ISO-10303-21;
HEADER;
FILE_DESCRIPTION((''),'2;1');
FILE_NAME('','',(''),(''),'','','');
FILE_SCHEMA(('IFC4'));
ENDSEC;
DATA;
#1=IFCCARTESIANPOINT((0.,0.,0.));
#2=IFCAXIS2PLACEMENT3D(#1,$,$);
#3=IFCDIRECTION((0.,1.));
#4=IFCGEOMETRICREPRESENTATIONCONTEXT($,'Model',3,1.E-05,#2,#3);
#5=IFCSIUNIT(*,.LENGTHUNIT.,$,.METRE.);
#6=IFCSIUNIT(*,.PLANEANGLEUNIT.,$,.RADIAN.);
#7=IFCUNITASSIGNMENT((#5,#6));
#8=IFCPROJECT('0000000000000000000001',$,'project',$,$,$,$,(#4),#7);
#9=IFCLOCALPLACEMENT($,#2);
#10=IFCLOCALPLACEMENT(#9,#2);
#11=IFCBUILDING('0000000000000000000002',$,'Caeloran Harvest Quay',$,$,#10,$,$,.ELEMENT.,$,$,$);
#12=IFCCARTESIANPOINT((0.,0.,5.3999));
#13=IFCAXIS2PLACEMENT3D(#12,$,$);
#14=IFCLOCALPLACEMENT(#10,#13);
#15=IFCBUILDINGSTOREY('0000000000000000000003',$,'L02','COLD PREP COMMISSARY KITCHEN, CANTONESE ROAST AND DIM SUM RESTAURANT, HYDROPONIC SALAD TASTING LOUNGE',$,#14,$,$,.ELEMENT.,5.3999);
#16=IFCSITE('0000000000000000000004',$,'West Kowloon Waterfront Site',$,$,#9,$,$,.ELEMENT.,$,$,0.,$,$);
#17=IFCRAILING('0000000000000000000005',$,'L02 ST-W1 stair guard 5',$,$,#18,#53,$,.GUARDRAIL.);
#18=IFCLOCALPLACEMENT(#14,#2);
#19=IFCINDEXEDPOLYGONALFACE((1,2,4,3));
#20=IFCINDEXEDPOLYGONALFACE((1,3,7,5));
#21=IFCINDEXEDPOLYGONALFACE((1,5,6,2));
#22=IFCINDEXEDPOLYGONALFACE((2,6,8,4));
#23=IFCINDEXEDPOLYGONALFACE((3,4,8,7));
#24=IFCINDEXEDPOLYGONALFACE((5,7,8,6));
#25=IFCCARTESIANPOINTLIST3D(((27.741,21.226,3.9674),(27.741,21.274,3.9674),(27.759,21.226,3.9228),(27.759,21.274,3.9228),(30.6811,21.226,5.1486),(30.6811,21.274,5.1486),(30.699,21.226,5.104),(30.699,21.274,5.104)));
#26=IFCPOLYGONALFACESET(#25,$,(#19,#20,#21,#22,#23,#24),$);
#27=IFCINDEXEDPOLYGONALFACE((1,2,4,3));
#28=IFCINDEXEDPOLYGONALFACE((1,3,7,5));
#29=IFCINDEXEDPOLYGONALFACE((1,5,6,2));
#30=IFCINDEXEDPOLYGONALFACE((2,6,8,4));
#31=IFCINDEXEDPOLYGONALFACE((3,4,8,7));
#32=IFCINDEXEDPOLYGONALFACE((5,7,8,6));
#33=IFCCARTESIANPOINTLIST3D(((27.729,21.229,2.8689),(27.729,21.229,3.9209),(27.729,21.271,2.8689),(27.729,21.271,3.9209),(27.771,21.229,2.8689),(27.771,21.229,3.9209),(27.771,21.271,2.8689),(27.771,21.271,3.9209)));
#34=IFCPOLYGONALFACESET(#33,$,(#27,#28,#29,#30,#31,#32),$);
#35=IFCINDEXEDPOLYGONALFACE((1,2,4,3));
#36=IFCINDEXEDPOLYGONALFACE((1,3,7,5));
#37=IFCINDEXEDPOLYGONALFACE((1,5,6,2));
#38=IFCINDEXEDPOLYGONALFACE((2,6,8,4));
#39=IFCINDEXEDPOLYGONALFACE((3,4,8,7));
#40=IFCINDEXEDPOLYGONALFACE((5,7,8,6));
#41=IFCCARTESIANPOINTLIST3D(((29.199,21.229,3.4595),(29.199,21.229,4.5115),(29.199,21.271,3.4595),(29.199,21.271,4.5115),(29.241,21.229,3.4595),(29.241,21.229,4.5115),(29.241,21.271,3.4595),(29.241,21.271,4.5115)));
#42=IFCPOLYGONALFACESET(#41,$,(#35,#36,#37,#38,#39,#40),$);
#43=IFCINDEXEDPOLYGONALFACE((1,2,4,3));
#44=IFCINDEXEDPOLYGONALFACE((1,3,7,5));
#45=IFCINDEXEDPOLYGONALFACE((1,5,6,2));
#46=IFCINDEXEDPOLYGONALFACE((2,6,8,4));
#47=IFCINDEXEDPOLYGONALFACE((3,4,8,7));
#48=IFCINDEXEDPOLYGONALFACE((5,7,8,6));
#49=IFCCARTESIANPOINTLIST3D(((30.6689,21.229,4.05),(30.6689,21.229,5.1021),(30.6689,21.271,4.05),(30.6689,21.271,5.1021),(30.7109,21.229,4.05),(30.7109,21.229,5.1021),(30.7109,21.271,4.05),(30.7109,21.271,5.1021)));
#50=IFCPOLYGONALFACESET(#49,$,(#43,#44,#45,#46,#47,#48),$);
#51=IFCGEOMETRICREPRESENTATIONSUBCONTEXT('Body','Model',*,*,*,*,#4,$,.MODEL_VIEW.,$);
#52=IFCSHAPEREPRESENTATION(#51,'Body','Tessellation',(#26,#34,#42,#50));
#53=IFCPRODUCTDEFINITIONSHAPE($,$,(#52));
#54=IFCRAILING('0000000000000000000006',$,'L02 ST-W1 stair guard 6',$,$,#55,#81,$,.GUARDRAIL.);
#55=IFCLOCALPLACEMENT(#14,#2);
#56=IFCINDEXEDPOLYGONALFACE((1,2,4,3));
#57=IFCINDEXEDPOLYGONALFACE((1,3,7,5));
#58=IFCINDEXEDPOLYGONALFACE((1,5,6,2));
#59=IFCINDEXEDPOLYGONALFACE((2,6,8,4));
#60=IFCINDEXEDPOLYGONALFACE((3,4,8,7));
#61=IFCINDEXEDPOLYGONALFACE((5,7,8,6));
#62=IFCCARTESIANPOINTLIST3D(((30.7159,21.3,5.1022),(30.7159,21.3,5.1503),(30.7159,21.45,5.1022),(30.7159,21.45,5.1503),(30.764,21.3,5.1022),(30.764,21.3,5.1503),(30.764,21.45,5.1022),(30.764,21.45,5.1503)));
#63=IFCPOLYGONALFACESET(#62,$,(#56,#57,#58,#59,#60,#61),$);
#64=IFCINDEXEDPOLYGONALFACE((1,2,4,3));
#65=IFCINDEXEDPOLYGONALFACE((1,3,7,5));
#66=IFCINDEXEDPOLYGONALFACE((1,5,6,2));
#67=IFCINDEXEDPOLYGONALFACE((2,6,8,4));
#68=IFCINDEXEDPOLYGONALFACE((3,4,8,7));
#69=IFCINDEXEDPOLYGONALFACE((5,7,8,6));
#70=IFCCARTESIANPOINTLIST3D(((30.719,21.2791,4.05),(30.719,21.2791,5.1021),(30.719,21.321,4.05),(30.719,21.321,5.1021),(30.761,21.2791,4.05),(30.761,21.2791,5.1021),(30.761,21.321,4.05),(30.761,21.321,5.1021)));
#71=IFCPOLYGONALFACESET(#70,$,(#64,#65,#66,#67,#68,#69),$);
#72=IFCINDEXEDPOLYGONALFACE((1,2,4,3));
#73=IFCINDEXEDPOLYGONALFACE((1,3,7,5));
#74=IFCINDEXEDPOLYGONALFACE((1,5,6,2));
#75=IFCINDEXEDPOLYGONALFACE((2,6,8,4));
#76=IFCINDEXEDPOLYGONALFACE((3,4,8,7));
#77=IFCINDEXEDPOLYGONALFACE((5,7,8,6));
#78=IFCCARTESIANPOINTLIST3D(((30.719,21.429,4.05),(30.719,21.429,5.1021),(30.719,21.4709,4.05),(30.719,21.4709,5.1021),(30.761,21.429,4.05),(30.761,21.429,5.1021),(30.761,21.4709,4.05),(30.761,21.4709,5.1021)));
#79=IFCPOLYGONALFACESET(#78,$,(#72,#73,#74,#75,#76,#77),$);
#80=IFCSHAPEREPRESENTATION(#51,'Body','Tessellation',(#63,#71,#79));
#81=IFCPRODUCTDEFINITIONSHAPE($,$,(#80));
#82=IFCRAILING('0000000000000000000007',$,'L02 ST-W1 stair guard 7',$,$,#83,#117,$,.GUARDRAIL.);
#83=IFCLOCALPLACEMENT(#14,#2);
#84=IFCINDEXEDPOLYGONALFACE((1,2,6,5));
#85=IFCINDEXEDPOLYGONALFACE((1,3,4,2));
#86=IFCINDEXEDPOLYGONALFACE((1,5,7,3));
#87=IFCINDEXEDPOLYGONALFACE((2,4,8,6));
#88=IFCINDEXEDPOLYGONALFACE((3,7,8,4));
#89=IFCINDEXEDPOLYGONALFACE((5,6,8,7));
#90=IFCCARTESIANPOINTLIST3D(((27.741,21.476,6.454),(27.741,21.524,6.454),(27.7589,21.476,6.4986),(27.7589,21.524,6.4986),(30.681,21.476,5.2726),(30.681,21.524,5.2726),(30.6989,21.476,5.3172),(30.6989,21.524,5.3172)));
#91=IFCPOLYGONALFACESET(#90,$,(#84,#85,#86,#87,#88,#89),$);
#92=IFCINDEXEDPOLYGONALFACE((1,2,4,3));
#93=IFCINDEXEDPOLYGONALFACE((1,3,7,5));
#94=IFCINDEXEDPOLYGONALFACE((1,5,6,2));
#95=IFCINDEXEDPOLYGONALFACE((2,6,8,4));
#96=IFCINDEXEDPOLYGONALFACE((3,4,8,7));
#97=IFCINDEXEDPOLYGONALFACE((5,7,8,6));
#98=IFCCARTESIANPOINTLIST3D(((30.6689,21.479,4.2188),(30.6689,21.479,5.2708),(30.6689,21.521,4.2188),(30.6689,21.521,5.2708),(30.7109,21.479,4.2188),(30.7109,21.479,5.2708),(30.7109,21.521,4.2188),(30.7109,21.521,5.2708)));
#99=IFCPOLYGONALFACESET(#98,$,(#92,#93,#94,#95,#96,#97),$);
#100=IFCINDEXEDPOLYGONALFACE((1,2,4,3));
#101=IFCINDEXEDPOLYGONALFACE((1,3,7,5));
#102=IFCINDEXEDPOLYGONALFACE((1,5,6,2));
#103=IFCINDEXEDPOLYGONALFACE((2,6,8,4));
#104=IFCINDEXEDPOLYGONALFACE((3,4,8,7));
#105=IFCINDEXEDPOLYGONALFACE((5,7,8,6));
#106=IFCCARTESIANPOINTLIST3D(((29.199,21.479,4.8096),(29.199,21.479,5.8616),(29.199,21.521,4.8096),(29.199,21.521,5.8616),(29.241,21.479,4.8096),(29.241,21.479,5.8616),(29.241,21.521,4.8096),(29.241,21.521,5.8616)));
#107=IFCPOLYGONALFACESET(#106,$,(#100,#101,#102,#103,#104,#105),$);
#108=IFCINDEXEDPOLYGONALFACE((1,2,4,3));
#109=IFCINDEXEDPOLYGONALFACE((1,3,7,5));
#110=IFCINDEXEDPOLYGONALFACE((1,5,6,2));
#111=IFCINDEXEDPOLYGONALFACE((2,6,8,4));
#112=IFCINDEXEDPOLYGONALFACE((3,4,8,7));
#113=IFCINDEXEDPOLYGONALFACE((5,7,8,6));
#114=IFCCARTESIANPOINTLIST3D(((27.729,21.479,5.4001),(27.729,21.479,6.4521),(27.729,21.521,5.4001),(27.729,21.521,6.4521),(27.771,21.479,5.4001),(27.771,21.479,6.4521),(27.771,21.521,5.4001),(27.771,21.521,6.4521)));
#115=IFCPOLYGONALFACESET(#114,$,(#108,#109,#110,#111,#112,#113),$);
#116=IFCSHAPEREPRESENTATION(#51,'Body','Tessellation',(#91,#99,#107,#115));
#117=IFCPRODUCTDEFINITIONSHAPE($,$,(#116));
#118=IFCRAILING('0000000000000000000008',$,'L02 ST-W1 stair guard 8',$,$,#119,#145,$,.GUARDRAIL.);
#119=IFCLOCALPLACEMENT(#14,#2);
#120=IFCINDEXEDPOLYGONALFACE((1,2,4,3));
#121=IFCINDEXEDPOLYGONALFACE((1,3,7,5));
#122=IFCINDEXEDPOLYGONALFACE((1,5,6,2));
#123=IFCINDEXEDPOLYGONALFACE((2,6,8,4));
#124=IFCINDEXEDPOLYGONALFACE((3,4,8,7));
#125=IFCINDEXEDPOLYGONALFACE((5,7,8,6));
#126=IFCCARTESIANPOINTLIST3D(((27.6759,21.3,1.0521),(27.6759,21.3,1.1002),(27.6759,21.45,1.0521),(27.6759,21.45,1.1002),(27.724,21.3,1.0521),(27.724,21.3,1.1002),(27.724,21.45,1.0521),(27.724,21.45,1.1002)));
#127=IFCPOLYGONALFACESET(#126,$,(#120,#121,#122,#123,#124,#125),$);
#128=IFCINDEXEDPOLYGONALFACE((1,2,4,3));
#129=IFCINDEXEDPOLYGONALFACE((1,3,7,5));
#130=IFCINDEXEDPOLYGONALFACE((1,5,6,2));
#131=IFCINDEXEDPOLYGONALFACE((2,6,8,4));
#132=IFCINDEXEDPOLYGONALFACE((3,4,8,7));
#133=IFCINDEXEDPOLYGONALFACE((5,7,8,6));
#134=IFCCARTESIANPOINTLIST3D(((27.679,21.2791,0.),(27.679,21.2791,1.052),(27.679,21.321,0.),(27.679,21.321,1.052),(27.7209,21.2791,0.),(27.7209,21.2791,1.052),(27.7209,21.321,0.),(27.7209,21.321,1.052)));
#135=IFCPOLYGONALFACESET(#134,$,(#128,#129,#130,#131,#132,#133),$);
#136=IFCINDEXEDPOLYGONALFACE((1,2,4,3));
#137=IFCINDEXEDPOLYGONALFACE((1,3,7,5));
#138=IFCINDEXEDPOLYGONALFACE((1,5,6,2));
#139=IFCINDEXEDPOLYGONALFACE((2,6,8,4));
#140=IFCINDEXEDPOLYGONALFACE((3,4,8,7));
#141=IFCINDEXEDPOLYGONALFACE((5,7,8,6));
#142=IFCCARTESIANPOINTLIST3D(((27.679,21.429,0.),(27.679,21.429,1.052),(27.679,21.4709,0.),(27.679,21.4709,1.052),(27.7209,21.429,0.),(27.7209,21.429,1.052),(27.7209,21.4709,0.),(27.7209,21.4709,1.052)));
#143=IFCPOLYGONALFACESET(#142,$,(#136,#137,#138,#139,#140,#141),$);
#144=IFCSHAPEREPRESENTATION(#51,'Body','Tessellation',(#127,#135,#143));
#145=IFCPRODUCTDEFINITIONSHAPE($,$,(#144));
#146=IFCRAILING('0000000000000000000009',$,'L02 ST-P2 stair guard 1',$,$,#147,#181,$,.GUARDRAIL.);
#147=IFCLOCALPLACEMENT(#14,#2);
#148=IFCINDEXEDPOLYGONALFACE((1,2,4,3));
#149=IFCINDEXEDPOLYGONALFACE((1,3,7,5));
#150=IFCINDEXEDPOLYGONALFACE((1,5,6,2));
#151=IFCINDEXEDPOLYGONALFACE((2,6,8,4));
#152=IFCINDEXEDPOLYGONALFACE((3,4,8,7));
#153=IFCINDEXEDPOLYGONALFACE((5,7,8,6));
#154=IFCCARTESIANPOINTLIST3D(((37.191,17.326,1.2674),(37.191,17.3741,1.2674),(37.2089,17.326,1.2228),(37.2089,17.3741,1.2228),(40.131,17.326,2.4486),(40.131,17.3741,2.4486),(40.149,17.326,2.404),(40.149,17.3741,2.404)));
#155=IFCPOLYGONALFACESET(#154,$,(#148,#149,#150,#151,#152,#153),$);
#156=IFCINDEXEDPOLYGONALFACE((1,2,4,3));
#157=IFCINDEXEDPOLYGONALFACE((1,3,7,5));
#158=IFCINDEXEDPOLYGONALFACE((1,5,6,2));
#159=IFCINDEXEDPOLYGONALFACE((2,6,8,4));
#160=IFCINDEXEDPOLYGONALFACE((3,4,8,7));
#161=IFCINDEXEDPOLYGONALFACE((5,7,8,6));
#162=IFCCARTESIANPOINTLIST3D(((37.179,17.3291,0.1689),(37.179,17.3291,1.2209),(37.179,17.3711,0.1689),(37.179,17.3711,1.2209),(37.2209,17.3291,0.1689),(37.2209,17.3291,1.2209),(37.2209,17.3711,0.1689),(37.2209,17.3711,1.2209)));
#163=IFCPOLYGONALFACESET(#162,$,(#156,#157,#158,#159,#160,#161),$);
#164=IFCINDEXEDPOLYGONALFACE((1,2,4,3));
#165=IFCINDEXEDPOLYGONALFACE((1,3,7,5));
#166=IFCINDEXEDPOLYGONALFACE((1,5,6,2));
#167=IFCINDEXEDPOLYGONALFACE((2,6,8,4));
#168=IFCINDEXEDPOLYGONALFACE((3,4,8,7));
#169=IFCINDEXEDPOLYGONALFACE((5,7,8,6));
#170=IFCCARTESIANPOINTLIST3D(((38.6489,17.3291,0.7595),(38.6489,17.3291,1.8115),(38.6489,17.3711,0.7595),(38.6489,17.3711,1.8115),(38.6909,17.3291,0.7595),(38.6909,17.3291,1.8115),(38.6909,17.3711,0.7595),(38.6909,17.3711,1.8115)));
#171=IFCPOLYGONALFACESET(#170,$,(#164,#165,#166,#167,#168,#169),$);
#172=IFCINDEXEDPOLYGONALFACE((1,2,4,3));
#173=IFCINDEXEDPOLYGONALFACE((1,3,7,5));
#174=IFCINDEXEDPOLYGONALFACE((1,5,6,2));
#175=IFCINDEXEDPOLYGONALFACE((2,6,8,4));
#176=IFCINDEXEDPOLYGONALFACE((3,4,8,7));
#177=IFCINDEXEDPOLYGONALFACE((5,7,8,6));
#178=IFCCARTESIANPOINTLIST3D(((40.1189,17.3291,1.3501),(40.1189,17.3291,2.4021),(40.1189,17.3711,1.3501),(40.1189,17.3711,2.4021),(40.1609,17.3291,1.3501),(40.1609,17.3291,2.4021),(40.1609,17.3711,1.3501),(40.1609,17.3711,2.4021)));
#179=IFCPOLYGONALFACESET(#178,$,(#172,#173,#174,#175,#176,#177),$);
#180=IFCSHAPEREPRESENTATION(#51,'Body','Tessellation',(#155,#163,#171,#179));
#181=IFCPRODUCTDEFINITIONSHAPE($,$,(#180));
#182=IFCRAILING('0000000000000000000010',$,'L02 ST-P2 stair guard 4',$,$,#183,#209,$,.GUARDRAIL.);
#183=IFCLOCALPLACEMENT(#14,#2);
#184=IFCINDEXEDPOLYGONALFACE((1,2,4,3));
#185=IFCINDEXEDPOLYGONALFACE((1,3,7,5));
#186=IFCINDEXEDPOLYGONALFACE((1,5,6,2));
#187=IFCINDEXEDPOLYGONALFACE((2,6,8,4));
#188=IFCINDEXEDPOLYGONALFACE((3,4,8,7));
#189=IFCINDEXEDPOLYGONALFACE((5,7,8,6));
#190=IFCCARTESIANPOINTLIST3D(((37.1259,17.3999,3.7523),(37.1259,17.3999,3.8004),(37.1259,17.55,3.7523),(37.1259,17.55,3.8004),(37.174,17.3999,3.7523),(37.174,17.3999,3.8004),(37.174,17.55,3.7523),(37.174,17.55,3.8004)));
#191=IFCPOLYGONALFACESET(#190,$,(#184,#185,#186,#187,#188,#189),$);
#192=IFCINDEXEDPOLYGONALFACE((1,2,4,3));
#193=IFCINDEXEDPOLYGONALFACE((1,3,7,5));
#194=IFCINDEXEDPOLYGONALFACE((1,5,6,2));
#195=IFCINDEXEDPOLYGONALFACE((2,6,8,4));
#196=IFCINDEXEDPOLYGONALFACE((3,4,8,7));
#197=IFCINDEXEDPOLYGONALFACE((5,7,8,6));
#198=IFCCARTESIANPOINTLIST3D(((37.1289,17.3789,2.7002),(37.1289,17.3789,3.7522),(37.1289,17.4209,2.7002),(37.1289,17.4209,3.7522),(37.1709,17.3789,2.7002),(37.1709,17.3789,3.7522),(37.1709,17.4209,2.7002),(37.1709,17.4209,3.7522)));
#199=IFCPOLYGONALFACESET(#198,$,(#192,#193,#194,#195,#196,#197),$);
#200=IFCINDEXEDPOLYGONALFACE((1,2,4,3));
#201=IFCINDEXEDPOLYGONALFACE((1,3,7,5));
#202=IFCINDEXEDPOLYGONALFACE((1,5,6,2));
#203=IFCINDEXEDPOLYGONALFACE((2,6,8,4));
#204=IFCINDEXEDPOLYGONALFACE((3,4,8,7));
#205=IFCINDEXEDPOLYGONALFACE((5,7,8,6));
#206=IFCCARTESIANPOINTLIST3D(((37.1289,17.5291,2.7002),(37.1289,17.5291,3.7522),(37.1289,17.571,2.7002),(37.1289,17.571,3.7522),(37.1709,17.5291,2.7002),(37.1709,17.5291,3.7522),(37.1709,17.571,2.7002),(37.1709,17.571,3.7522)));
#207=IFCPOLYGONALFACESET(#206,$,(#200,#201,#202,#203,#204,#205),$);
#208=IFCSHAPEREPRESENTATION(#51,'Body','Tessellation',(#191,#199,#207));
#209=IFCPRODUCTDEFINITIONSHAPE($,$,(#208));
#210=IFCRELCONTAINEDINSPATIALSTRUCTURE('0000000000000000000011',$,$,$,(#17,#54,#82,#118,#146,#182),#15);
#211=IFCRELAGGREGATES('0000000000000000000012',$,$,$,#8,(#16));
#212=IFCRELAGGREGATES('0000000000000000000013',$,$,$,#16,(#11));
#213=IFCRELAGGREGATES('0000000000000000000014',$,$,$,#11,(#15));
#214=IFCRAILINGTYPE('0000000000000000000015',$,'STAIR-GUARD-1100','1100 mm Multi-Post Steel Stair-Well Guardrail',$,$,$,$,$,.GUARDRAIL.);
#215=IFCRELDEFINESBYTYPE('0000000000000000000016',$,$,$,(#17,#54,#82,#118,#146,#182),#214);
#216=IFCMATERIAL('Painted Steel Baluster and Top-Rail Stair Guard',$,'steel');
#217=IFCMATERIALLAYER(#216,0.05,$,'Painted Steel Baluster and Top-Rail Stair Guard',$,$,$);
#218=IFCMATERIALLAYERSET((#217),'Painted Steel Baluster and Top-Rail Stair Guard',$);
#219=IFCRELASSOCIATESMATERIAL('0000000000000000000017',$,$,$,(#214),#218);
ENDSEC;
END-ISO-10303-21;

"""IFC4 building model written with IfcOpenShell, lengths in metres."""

from ifc_helpers import new_model, si_unit, direction, frame, origin, origin_2d, place, context, subcontext, project, spatial, rectangle, extrude, material, layer, layer_set, type_object, element, save


model = new_model("IFC4")

# Units and contexts
model_context = context("Model", 3, precision=1e-05, world=origin(), true_north=direction((0.0, 1.0)))
body_context = subcontext(model_context, "Body", "Model", "MODEL_VIEW")
ifc_project = project(units=[si_unit("LENGTHUNIT", "METRE"), si_unit("PLANEANGLEUNIT", "RADIAN")], contexts=[model_context])

# Site, building, storey
site_placement = place(None, origin())
site = spatial("IfcSite", under=ifc_project, at=site_placement, Name="West Kowloon Waterfront Site", CompositionType="ELEMENT", RefElevation=0.0)
building_placement = place(site_placement, origin())
building = spatial("IfcBuilding", under=site, at=building_placement, Name="Caeloran Harvest Quay", CompositionType="ELEMENT")
storey_placement = place(building_placement, frame((0.0, 0.0, 5.3999)))
storey = spatial("IfcBuildingStorey", under=building, at=storey_placement, Name="L02", Description="COLD PREP COMMISSARY KITCHEN, CANTONESE ROAST AND DIM SUM RESTAURANT, HYDROPONIC SALAD TASTING LOUNGE", CompositionType="ELEMENT", Elevation=5.3999)

# Railings
ifc_material_1 = material(Name="Painted Steel Baluster and Top-Rail Stair Guard", Category="steel")
ifc_layer_1 = layer(ifc_material_1, 0.05, Name="Painted Steel Baluster and Top-Rail Stair Guard")
ifc_layer_set_1 = layer_set([ifc_layer_1], Name="Painted Steel Baluster and Top-Rail Stair Guard")
railing_type_1 = type_object("IfcRailingType", Name="STAIR-GUARD-1100", Description="1100 mm Multi-Post Steel Stair-Well Guardrail", PredefinedType="GUARDRAIL", material=ifc_layer_set_1)
railing_1_placement = place(storey_placement, frame((27.75, 21.25, 2.8689)))
element("IfcRailing", 1, at=railing_1_placement, inside=storey, type_object=railing_type_1, Name="L02 ST-W1 stair guard 5", PredefinedType="GUARDRAIL", context=body_context, shape_type="SweptSolid", body=[
    extrude(rectangle(XDim=0.0481, YDim=0.0481, at=origin_2d()), frame((0.0, 0.0, 1.0762), z_axis=(0.927912, 0.0, 0.372799), x_axis=(0.0, 1.0, 0.0)), (0.0, 0.0, 1.0), 3.1685),
    extrude(rectangle(XDim=0.042, YDim=0.042, at=origin_2d()), origin(), (0.0, 0.0, 1.0), 1.052),
    extrude(rectangle(XDim=0.042, YDim=0.042, at=origin_2d()), frame((1.47, 0.0, 0.5906)), (0.0, 0.0, 1.0), 1.052),
    extrude(rectangle(XDim=0.042, YDim=0.042, at=origin_2d()), frame((2.9399, 0.0, 1.1812)), (0.0, 0.0, 1.0), 1.052),
])
railing_2_placement = place(storey_placement, frame((30.74, 21.3, 4.05)))
element("IfcRailing", 2, at=railing_2_placement, inside=storey, type_object=railing_type_1, Name="L02 ST-W1 stair guard 6", PredefinedType="GUARDRAIL", context=body_context, shape_type="SweptSolid", body=[
    extrude(rectangle(XDim=0.0481, YDim=0.0481, at=origin_2d()), frame((0.0, 0.0, 1.0762), z_axis=(0.0, 1.0, 0.0), x_axis=(-1.0, 0.0, 0.0)), (0.0, 0.0, 1.0), 0.1499),
    extrude(rectangle(XDim=0.042, YDim=0.042, at=origin_2d()), origin(), (0.0, 0.0, 1.0), 1.052),
    extrude(rectangle(XDim=0.042, YDim=0.042, at=origin_2d()), frame((0.0, 0.1499, 0.0)), (0.0, 0.0, 1.0), 1.052),
])
railing_3_placement = place(storey_placement, frame((30.6899, 21.5, 4.2188)))
element("IfcRailing", 3, at=railing_3_placement, inside=storey, type_object=railing_type_1, Name="L02 ST-W1 stair guard 7", PredefinedType="GUARDRAIL", context=body_context, shape_type="SweptSolid", body=[
    extrude(rectangle(XDim=0.0481, YDim=0.0481, at=origin_2d()), frame((0.0, 0.0, 1.0762), z_axis=(-0.927886, 0.0, 0.372865), x_axis=(0.0, -1.0, 0.0)), (0.0, 0.0, 1.0), 3.1685),
    extrude(rectangle(XDim=0.042, YDim=0.042, at=origin_2d()), origin(), (0.0, 0.0, 1.0), 1.052),
    extrude(rectangle(XDim=0.042, YDim=0.042, at=origin_2d()), frame((-1.47, 0.0, 0.5908)), (0.0, 0.0, 1.0), 1.052),
    extrude(rectangle(XDim=0.042, YDim=0.042, at=origin_2d()), frame((-2.9399, 0.0, 1.1814)), (0.0, 0.0, 1.0), 1.052),
])
railing_4_placement = place(storey_placement, frame((27.7, 21.3, 0.0)))
element("IfcRailing", 4, at=railing_4_placement, inside=storey, type_object=railing_type_1, Name="L02 ST-W1 stair guard 8", PredefinedType="GUARDRAIL", context=body_context, shape_type="SweptSolid", body=[
    extrude(rectangle(XDim=0.0481, YDim=0.0481, at=origin_2d()), frame((0.0, 0.0, 1.0762), z_axis=(0.0, 1.0, 0.0), x_axis=(-1.0, 0.0, 0.0)), (0.0, 0.0, 1.0), 0.1499),
    extrude(rectangle(XDim=0.042, YDim=0.042, at=origin_2d()), origin(), (0.0, 0.0, 1.0), 1.052),
    extrude(rectangle(XDim=0.042, YDim=0.042, at=origin_2d()), frame((0.0, 0.1499, 0.0)), (0.0, 0.0, 1.0), 1.052),
])
railing_5_placement = place(storey_placement, frame((37.2, 17.3501, 0.1689)))
element("IfcRailing", 5, at=railing_5_placement, inside=storey, type_object=railing_type_1, Name="L02 ST-P2 stair guard 1", PredefinedType="GUARDRAIL", context=body_context, shape_type="SweptSolid", body=[
    extrude(rectangle(XDim=0.0481, YDim=0.0481, at=origin_2d()), frame((0.0, 0.0, 1.0762), z_axis=(0.927912, 0.0, 0.372799), x_axis=(0.0, 1.0, 0.0)), (0.0, 0.0, 1.0), 3.1685),
    extrude(rectangle(XDim=0.042, YDim=0.042, at=origin_2d()), origin(), (0.0, 0.0, 1.0), 1.052),
    extrude(rectangle(XDim=0.042, YDim=0.042, at=origin_2d()), frame((1.47, 0.0, 0.5906)), (0.0, 0.0, 1.0), 1.052),
    extrude(rectangle(XDim=0.042, YDim=0.042, at=origin_2d()), frame((2.9399, 0.0, 1.1812)), (0.0, 0.0, 1.0), 1.052),
])
railing_6_placement = place(storey_placement, frame((37.1499, 17.3999, 2.7002)))
element("IfcRailing", 6, at=railing_6_placement, inside=storey, type_object=railing_type_1, Name="L02 ST-P2 stair guard 4", PredefinedType="GUARDRAIL", context=body_context, shape_type="SweptSolid", body=[
    extrude(rectangle(XDim=0.0481, YDim=0.0481, at=origin_2d()), frame((0.0, 0.0, 1.0762), z_axis=(0.0, 1.0, 0.0), x_axis=(-1.0, 0.0, 0.0)), (0.0, 0.0, 1.0), 0.1501),
    extrude(rectangle(XDim=0.042, YDim=0.042, at=origin_2d()), origin(), (0.0, 0.0, 1.0), 1.052),
    extrude(rectangle(XDim=0.042, YDim=0.042, at=origin_2d()), frame((0.0, 0.1501, 0.0)), (0.0, 0.0, 1.0), 1.052),
])

save(model, "model.ifc")
